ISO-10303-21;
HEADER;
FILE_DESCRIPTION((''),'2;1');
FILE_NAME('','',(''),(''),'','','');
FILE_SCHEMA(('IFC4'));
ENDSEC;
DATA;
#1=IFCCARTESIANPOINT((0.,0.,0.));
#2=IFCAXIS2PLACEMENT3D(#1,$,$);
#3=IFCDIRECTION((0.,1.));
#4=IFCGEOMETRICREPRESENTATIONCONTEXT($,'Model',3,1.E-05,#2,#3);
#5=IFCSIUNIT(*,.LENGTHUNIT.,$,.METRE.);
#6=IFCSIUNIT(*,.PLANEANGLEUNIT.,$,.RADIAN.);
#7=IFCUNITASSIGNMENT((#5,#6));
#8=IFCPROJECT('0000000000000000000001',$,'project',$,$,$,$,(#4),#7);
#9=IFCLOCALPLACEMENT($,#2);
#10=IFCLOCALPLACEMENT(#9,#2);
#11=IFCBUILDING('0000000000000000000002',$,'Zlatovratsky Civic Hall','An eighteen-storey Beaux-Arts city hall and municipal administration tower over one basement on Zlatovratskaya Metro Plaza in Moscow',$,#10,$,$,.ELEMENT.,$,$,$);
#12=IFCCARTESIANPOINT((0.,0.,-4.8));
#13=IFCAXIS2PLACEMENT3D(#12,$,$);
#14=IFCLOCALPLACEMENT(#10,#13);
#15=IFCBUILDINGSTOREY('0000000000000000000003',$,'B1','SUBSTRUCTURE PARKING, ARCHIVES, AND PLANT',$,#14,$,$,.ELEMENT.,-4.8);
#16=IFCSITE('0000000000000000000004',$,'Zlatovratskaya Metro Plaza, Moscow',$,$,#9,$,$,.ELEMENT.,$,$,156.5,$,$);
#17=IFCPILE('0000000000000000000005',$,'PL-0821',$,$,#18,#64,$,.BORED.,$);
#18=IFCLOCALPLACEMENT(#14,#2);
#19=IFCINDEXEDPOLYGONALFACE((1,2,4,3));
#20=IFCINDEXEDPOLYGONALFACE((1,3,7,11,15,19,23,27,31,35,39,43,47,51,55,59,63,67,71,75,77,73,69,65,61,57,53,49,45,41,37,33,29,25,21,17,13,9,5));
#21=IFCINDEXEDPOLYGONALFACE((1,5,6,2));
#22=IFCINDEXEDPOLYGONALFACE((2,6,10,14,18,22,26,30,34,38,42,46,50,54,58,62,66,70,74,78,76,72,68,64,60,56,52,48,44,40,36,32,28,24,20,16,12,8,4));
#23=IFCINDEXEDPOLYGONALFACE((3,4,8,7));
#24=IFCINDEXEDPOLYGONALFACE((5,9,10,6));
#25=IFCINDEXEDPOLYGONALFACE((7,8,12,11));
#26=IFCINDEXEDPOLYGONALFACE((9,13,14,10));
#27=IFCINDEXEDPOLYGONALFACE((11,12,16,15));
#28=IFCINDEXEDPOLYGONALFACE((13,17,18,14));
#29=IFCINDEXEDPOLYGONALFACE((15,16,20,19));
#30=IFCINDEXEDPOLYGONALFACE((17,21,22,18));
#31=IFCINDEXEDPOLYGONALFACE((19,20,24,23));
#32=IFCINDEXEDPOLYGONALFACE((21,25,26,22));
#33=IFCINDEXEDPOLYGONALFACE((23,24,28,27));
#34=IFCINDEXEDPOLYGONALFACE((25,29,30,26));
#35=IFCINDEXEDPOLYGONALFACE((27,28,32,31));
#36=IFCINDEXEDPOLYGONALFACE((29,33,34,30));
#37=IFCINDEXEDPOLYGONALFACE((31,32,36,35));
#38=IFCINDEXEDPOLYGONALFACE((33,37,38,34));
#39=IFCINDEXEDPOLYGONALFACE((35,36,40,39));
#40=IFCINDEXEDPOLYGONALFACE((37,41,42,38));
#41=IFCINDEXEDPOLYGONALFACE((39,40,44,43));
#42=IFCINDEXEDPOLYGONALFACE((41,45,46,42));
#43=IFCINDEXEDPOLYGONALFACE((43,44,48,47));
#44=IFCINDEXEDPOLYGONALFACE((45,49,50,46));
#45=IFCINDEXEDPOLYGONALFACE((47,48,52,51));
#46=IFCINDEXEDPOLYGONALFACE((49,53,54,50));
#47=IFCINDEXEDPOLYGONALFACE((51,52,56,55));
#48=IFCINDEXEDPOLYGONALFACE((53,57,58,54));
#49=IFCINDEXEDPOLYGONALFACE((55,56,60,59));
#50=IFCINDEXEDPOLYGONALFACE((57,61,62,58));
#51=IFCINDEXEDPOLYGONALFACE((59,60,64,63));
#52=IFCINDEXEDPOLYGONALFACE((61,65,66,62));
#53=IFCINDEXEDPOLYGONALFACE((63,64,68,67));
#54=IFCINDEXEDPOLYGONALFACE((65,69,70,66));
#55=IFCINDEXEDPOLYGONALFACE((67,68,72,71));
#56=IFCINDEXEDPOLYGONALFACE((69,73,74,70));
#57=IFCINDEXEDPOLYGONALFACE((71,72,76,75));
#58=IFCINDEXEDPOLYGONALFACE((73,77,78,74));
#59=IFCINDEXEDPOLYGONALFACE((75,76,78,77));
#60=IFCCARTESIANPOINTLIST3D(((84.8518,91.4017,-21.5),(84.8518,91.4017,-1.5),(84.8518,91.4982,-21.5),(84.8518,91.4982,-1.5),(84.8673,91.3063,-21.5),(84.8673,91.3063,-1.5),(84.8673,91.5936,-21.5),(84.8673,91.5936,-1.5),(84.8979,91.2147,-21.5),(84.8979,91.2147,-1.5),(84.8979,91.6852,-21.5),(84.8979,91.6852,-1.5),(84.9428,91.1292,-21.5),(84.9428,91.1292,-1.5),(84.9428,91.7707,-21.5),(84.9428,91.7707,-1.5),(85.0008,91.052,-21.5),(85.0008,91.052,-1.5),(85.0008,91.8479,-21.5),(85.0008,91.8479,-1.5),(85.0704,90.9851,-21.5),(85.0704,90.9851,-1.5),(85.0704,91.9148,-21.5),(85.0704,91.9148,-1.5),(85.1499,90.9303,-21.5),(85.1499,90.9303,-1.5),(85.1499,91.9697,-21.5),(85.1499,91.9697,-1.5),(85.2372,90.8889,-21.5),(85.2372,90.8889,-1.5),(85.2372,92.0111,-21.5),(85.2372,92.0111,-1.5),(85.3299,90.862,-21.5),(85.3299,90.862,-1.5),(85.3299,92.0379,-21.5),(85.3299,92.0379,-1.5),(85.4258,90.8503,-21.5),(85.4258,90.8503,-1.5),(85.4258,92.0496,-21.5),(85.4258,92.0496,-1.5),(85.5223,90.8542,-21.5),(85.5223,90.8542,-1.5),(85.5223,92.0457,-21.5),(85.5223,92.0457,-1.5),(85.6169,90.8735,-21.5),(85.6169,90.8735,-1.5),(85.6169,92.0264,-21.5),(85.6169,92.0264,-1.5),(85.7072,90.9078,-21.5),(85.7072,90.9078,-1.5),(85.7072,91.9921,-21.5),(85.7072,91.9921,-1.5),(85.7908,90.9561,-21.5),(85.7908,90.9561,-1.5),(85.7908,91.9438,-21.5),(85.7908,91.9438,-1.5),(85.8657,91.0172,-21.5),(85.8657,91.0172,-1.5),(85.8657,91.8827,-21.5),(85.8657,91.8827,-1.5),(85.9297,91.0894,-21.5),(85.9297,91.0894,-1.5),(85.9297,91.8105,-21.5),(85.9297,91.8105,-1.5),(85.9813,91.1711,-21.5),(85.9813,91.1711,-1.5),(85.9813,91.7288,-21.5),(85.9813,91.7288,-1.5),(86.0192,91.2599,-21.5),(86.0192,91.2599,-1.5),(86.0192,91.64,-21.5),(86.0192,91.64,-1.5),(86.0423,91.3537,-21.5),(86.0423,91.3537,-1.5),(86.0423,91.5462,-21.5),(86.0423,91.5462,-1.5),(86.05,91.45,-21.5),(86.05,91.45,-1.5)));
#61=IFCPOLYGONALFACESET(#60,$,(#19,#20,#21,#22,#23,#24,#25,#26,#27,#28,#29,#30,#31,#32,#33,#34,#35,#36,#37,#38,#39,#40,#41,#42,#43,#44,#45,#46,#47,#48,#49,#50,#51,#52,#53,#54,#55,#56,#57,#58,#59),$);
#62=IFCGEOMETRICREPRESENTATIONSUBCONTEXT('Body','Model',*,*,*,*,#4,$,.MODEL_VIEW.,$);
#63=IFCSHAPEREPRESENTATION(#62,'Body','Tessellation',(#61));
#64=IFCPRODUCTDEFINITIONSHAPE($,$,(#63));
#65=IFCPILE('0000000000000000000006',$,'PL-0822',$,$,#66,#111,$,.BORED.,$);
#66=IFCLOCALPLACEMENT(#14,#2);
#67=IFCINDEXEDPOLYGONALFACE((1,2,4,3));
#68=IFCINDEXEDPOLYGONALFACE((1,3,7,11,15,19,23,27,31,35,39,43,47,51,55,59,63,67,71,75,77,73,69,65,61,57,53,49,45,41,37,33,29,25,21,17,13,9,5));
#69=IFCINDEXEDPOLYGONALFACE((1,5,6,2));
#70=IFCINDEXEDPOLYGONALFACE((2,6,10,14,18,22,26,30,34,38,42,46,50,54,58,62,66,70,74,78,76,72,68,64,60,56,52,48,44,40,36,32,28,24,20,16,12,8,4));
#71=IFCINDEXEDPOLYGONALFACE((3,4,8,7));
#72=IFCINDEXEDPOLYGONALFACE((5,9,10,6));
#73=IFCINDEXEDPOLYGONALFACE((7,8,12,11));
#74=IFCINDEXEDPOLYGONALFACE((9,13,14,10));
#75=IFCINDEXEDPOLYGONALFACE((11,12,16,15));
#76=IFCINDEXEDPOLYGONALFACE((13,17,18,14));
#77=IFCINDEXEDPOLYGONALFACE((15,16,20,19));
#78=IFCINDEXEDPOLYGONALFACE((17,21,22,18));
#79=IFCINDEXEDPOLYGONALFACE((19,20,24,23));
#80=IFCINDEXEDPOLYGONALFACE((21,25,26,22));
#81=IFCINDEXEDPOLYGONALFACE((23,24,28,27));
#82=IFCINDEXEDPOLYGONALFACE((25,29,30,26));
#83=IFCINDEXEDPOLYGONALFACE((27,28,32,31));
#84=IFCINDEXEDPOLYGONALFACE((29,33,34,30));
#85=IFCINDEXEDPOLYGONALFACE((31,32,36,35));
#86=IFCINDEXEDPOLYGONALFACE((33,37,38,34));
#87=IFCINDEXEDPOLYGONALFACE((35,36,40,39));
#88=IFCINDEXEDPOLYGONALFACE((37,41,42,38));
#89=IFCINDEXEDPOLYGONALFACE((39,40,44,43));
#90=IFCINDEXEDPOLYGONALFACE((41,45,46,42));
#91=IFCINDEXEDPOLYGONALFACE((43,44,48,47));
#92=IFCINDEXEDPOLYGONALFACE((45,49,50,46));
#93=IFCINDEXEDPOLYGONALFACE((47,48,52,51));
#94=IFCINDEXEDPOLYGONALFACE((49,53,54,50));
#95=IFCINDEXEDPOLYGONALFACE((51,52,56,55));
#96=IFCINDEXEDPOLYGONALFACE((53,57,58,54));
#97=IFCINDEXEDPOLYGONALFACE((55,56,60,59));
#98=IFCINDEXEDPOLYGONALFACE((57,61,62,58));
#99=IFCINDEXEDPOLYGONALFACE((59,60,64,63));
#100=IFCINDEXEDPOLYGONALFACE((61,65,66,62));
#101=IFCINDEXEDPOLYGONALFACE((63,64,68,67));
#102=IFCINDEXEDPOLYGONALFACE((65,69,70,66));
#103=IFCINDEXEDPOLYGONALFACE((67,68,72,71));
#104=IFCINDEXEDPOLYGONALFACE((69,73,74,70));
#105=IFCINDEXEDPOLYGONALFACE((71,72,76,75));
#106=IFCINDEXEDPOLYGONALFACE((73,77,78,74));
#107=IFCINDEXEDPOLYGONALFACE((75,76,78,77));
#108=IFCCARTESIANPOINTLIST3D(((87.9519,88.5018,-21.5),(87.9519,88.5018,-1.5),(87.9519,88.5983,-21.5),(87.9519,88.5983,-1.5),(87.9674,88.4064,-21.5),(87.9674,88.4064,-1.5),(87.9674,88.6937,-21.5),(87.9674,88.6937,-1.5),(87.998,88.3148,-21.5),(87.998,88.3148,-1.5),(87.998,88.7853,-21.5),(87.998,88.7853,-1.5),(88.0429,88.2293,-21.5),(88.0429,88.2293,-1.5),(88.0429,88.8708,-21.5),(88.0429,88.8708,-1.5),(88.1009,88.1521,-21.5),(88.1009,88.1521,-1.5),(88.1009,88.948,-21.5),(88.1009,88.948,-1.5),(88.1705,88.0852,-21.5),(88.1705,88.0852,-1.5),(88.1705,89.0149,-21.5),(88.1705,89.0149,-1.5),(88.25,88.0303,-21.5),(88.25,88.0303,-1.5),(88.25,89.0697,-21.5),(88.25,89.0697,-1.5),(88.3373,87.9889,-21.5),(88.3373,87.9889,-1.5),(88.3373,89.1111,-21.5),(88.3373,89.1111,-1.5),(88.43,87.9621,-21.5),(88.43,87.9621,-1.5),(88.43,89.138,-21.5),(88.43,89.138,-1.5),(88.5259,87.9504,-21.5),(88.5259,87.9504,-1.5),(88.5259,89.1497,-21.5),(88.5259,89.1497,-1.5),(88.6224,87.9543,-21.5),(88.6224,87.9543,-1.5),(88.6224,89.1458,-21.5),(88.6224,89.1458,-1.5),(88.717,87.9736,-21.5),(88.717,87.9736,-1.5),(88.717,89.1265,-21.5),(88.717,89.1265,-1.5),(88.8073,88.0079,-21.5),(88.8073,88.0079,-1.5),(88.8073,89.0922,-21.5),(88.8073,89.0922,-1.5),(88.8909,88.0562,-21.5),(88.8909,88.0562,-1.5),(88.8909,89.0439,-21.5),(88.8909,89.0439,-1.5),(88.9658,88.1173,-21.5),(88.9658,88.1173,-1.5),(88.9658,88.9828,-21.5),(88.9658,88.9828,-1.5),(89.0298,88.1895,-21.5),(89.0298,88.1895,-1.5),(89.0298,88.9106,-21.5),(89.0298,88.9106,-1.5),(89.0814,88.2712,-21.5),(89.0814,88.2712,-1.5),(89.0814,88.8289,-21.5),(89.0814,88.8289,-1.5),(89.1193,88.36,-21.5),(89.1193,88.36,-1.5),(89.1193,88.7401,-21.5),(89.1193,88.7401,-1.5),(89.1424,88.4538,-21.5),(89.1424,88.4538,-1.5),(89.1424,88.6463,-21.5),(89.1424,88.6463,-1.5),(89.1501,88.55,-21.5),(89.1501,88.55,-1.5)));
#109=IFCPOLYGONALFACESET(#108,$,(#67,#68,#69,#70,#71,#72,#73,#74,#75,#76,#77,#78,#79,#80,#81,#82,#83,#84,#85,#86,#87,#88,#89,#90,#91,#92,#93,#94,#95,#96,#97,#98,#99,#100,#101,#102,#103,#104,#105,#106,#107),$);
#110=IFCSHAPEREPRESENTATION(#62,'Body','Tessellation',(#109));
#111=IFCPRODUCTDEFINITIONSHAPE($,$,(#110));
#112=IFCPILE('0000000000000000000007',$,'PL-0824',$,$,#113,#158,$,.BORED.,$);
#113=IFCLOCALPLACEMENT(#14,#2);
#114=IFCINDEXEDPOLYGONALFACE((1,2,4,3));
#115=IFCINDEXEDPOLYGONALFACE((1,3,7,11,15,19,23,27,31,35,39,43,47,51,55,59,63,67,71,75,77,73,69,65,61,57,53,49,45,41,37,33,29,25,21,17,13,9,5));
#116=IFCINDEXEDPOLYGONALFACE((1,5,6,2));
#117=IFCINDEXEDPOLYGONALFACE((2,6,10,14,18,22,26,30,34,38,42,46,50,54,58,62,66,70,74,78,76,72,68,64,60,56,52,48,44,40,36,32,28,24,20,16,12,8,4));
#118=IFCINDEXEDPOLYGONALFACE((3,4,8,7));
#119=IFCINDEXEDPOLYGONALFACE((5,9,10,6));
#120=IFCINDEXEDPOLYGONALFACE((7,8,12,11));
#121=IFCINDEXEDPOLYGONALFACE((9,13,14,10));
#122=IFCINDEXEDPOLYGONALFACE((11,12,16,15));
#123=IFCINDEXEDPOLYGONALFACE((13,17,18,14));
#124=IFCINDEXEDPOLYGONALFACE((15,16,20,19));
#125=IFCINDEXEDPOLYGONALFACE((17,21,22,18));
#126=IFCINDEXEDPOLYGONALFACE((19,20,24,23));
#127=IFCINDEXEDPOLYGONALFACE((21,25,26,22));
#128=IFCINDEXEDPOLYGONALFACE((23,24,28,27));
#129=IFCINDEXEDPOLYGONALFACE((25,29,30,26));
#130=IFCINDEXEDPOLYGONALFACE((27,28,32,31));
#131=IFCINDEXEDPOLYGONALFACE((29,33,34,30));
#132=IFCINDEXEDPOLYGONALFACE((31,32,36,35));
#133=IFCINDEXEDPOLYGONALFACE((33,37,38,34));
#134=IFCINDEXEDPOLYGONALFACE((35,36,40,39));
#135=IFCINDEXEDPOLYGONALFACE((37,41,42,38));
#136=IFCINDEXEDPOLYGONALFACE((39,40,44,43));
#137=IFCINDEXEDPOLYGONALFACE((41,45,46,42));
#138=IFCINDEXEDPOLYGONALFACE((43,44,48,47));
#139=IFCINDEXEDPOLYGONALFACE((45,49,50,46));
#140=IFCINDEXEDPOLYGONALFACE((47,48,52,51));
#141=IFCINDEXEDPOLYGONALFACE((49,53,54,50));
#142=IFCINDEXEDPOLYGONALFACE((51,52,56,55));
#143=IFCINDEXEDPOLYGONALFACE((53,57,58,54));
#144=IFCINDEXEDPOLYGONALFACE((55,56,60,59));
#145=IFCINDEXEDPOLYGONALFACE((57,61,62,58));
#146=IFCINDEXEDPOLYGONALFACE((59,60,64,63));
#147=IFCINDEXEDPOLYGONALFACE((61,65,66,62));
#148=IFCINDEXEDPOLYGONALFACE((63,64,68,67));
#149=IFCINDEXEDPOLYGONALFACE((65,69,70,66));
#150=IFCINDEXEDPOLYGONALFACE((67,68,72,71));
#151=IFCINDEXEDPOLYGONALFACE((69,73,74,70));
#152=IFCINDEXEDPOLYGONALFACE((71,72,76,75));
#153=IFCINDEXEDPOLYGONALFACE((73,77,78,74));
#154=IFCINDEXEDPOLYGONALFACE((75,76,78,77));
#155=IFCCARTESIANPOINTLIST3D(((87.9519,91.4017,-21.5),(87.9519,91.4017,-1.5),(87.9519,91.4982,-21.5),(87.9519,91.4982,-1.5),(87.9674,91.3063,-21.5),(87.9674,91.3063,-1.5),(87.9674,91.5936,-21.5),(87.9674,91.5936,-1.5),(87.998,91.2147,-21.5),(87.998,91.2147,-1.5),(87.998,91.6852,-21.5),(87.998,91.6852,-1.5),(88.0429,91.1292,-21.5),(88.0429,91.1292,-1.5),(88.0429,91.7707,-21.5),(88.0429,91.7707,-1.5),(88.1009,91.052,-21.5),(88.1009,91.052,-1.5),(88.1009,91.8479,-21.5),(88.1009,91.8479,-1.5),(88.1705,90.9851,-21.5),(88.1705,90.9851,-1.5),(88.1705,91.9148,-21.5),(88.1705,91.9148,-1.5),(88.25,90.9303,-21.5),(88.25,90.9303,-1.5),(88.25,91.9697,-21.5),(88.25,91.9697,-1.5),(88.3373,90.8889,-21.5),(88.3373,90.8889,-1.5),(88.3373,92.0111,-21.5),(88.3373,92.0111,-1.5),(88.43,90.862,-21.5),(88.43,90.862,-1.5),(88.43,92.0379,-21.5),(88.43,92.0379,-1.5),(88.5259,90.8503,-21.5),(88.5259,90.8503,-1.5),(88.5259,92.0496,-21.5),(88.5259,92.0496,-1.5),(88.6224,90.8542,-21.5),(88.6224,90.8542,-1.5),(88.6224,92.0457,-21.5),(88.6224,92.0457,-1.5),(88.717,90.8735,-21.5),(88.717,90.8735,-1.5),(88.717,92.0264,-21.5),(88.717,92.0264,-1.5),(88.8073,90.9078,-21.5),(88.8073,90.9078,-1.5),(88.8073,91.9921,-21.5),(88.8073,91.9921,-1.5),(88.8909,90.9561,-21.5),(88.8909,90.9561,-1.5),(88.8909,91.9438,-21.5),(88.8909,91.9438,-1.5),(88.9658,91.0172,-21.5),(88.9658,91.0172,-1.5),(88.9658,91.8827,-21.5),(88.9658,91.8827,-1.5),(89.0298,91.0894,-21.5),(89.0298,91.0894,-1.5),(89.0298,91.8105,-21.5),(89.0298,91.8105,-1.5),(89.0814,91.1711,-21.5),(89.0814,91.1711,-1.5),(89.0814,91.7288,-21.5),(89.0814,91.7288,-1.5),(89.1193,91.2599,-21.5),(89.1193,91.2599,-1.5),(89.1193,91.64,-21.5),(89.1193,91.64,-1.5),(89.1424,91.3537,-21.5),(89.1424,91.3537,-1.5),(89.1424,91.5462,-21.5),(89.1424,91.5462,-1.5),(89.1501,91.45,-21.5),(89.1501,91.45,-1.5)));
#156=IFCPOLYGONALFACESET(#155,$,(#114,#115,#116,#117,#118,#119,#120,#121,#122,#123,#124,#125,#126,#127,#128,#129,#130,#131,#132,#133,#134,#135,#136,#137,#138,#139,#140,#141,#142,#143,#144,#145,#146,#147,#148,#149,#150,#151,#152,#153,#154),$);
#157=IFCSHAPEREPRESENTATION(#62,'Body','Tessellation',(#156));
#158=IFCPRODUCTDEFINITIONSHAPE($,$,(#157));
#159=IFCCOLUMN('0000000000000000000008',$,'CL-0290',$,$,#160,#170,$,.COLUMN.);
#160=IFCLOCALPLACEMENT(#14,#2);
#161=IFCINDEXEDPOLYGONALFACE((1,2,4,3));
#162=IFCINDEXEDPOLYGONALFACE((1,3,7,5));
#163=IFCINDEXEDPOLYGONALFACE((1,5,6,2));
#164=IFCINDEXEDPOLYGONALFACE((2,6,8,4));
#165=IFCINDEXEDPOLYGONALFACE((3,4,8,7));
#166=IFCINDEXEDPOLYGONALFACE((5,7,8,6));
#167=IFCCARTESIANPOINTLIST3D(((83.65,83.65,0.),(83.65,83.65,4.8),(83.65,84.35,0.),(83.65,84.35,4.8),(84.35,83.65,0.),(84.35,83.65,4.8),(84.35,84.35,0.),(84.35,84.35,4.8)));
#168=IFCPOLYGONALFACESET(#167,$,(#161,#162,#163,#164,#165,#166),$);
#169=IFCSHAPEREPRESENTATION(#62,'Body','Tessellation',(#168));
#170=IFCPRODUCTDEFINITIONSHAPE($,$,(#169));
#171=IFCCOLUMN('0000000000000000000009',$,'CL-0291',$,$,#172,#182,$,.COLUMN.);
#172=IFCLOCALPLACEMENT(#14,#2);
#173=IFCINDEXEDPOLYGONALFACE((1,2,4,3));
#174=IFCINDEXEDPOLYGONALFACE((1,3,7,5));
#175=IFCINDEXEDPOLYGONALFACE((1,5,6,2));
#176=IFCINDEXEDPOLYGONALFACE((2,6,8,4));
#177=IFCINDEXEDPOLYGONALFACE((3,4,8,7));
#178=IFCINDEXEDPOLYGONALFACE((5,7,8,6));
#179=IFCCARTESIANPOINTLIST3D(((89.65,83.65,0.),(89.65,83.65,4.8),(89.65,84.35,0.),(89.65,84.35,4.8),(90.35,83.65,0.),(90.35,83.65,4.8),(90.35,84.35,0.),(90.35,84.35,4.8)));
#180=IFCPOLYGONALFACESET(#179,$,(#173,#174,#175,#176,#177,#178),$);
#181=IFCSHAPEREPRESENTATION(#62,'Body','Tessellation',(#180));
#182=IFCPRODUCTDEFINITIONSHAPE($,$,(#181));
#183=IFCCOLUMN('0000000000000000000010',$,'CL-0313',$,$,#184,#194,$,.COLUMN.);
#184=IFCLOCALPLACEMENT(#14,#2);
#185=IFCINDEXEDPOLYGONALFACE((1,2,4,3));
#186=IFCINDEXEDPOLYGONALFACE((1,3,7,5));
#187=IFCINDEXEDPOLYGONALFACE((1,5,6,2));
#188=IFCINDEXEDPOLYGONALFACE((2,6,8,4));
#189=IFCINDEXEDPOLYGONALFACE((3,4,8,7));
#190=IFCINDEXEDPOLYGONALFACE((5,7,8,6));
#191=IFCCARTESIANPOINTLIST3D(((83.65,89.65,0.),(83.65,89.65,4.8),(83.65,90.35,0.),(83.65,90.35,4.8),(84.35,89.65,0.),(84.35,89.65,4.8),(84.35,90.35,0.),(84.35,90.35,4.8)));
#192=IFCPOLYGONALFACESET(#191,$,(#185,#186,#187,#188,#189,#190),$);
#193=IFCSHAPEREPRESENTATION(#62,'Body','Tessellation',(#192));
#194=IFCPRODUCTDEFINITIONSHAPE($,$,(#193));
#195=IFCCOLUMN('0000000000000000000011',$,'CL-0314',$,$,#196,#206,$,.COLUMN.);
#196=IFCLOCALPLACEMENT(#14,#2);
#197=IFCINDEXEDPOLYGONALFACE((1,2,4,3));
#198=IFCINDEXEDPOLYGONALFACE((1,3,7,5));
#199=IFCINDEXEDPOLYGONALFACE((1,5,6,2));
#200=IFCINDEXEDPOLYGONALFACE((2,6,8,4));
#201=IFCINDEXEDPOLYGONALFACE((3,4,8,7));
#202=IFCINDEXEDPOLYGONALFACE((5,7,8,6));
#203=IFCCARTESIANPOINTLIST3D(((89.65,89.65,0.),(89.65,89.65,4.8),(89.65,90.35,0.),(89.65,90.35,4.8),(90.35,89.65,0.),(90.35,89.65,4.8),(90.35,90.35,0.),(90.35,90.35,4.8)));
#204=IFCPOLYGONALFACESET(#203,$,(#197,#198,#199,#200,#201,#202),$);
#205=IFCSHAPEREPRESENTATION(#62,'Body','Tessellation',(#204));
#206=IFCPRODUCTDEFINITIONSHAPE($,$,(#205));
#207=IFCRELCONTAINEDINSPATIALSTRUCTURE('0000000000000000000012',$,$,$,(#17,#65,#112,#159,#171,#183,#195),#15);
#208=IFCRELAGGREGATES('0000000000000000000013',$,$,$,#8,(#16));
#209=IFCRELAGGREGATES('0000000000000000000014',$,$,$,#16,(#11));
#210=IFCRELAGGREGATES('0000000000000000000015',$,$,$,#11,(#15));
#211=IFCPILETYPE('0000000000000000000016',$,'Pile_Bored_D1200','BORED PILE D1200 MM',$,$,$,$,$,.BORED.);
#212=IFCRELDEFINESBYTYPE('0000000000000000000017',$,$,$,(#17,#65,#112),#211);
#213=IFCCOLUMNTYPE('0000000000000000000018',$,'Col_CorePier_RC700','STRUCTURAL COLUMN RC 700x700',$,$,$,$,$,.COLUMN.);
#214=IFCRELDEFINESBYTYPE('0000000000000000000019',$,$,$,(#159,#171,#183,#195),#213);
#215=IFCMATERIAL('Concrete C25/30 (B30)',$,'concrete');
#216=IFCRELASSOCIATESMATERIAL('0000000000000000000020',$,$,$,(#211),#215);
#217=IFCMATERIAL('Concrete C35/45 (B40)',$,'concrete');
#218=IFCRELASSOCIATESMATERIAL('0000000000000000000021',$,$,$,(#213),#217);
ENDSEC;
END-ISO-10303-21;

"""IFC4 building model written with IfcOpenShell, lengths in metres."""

from ifc_helpers import new_model, si_unit, direction, frame, origin, origin_2d, place, context, subcontext, project, spatial, rectangle, circle, extrude, material, material_profile, profile_set, type_object, element, save


model = new_model("IFC4")

# Units and contexts
model_context = context("Model", 3, precision=1e-05, world=origin(), true_north=direction((0.0, 1.0)))
body_context = subcontext(model_context, "Body", "Model", "MODEL_VIEW")
ifc_project = project(units=[si_unit("LENGTHUNIT", "METRE"), si_unit("PLANEANGLEUNIT", "RADIAN")], contexts=[model_context])

# Site, building, storey
site_placement = place(None, origin())
site = spatial("IfcSite", under=ifc_project, at=site_placement, Name="Zlatovratskaya Metro Plaza, Moscow", CompositionType="ELEMENT", RefElevation=156.5)
building_placement = place(site_placement, origin())
building = spatial("IfcBuilding", under=site, at=building_placement, Name="Zlatovratsky Civic Hall", Description="An eighteen-storey Beaux-Arts city hall and municipal administration tower over one basement on Zlatovratskaya Metro Plaza in Moscow", CompositionType="ELEMENT")
storey_placement = place(building_placement, frame((0.0, 0.0, -4.8)))
storey = spatial("IfcBuildingStorey", under=building, at=storey_placement, Name="B1", Description="SUBSTRUCTURE PARKING, ARCHIVES, AND PLANT", CompositionType="ELEMENT", Elevation=-4.8)

# Shared definitions
ifc_material_1 = material(Name="Concrete C25/30 (B30)", Category="concrete")

# Piles
ifc_material_profile_1 = material_profile(ifc_material_1, circle(Radius=0.6001, at=origin_2d()), Name="PILE D1200")
ifc_profile_set_1 = profile_set([ifc_material_profile_1], Name="Concrete C25/30 (B30)")
pile_type = type_object("IfcPileType", Name="Pile_Bored_D1200", Description="BORED PILE D1200 MM", PredefinedType="BORED", material=ifc_profile_set_1)
for number, where, z_axis, x_axis, name in (
    (1, (85.45, 91.45, -1.5), (0.0, 0.0, -1.0), (1.0, 0.0, 0.0), "PL-0821"),
    (2, (88.55, 88.55, -1.5), (0.0, 0.0, -1.0), (1.0, 0.0, 0.0), "PL-0822"),
    (3, (88.55, 91.45, -1.5), (0.0, 0.0, -1.0), (1.0, 0.0, 0.0), "PL-0824"),
):
    element("IfcPile", number, at=place(storey_placement, frame(where, z_axis=z_axis, x_axis=x_axis)), inside=storey, type_object=pile_type, Name=name, PredefinedType="BORED", context=body_context, shape_type="SweptSolid", body=[
        extrude(circle(Radius=0.6001, at=origin_2d()), origin(), (0.0, 0.0, 1.0), 20.0),
    ])

# Columns
ifc_material_2 = material(Name="Concrete C35/45 (B40)", Category="concrete")
ifc_material_profile_2 = material_profile(ifc_material_2, rectangle(XDim=0.7, YDim=0.7, at=origin_2d()), Name="RC 700x700")
ifc_profile_set_2 = profile_set([ifc_material_profile_2], Name="Concrete C35/45 (B40)")
column_type = type_object("IfcColumnType", Name="Col_CorePier_RC700", Description="STRUCTURAL COLUMN RC 700x700", PredefinedType="COLUMN", material=ifc_profile_set_2)
for number, where, z_axis, x_axis, name in (
    (4, (84.0, 84.0, 0.0), (0.0, 0.0, 1.0), (1.0, 0.0, 0.0), "CL-0290"),
    (5, (90.0, 84.0, 0.0), (0.0, 0.0, 1.0), (1.0, 0.0, 0.0), "CL-0291"),
    (6, (84.0, 90.0, 0.0), (0.0, 0.0, 1.0), (1.0, 0.0, 0.0), "CL-0313"),
    (7, (90.0, 90.0, 0.0), (0.0, 0.0, 1.0), (1.0, 0.0, 0.0), "CL-0314"),
):
    element("IfcColumn", number, at=place(storey_placement, frame(where, z_axis=z_axis, x_axis=x_axis)), inside=storey, type_object=column_type, Name=name, PredefinedType="COLUMN", context=body_context, shape_type="SweptSolid", body=[
        extrude(rectangle(XDim=0.7, YDim=0.7, at=origin_2d()), origin(), (0.0, 0.0, 1.0), 4.8),
    ])

save(model, "model.ifc")
